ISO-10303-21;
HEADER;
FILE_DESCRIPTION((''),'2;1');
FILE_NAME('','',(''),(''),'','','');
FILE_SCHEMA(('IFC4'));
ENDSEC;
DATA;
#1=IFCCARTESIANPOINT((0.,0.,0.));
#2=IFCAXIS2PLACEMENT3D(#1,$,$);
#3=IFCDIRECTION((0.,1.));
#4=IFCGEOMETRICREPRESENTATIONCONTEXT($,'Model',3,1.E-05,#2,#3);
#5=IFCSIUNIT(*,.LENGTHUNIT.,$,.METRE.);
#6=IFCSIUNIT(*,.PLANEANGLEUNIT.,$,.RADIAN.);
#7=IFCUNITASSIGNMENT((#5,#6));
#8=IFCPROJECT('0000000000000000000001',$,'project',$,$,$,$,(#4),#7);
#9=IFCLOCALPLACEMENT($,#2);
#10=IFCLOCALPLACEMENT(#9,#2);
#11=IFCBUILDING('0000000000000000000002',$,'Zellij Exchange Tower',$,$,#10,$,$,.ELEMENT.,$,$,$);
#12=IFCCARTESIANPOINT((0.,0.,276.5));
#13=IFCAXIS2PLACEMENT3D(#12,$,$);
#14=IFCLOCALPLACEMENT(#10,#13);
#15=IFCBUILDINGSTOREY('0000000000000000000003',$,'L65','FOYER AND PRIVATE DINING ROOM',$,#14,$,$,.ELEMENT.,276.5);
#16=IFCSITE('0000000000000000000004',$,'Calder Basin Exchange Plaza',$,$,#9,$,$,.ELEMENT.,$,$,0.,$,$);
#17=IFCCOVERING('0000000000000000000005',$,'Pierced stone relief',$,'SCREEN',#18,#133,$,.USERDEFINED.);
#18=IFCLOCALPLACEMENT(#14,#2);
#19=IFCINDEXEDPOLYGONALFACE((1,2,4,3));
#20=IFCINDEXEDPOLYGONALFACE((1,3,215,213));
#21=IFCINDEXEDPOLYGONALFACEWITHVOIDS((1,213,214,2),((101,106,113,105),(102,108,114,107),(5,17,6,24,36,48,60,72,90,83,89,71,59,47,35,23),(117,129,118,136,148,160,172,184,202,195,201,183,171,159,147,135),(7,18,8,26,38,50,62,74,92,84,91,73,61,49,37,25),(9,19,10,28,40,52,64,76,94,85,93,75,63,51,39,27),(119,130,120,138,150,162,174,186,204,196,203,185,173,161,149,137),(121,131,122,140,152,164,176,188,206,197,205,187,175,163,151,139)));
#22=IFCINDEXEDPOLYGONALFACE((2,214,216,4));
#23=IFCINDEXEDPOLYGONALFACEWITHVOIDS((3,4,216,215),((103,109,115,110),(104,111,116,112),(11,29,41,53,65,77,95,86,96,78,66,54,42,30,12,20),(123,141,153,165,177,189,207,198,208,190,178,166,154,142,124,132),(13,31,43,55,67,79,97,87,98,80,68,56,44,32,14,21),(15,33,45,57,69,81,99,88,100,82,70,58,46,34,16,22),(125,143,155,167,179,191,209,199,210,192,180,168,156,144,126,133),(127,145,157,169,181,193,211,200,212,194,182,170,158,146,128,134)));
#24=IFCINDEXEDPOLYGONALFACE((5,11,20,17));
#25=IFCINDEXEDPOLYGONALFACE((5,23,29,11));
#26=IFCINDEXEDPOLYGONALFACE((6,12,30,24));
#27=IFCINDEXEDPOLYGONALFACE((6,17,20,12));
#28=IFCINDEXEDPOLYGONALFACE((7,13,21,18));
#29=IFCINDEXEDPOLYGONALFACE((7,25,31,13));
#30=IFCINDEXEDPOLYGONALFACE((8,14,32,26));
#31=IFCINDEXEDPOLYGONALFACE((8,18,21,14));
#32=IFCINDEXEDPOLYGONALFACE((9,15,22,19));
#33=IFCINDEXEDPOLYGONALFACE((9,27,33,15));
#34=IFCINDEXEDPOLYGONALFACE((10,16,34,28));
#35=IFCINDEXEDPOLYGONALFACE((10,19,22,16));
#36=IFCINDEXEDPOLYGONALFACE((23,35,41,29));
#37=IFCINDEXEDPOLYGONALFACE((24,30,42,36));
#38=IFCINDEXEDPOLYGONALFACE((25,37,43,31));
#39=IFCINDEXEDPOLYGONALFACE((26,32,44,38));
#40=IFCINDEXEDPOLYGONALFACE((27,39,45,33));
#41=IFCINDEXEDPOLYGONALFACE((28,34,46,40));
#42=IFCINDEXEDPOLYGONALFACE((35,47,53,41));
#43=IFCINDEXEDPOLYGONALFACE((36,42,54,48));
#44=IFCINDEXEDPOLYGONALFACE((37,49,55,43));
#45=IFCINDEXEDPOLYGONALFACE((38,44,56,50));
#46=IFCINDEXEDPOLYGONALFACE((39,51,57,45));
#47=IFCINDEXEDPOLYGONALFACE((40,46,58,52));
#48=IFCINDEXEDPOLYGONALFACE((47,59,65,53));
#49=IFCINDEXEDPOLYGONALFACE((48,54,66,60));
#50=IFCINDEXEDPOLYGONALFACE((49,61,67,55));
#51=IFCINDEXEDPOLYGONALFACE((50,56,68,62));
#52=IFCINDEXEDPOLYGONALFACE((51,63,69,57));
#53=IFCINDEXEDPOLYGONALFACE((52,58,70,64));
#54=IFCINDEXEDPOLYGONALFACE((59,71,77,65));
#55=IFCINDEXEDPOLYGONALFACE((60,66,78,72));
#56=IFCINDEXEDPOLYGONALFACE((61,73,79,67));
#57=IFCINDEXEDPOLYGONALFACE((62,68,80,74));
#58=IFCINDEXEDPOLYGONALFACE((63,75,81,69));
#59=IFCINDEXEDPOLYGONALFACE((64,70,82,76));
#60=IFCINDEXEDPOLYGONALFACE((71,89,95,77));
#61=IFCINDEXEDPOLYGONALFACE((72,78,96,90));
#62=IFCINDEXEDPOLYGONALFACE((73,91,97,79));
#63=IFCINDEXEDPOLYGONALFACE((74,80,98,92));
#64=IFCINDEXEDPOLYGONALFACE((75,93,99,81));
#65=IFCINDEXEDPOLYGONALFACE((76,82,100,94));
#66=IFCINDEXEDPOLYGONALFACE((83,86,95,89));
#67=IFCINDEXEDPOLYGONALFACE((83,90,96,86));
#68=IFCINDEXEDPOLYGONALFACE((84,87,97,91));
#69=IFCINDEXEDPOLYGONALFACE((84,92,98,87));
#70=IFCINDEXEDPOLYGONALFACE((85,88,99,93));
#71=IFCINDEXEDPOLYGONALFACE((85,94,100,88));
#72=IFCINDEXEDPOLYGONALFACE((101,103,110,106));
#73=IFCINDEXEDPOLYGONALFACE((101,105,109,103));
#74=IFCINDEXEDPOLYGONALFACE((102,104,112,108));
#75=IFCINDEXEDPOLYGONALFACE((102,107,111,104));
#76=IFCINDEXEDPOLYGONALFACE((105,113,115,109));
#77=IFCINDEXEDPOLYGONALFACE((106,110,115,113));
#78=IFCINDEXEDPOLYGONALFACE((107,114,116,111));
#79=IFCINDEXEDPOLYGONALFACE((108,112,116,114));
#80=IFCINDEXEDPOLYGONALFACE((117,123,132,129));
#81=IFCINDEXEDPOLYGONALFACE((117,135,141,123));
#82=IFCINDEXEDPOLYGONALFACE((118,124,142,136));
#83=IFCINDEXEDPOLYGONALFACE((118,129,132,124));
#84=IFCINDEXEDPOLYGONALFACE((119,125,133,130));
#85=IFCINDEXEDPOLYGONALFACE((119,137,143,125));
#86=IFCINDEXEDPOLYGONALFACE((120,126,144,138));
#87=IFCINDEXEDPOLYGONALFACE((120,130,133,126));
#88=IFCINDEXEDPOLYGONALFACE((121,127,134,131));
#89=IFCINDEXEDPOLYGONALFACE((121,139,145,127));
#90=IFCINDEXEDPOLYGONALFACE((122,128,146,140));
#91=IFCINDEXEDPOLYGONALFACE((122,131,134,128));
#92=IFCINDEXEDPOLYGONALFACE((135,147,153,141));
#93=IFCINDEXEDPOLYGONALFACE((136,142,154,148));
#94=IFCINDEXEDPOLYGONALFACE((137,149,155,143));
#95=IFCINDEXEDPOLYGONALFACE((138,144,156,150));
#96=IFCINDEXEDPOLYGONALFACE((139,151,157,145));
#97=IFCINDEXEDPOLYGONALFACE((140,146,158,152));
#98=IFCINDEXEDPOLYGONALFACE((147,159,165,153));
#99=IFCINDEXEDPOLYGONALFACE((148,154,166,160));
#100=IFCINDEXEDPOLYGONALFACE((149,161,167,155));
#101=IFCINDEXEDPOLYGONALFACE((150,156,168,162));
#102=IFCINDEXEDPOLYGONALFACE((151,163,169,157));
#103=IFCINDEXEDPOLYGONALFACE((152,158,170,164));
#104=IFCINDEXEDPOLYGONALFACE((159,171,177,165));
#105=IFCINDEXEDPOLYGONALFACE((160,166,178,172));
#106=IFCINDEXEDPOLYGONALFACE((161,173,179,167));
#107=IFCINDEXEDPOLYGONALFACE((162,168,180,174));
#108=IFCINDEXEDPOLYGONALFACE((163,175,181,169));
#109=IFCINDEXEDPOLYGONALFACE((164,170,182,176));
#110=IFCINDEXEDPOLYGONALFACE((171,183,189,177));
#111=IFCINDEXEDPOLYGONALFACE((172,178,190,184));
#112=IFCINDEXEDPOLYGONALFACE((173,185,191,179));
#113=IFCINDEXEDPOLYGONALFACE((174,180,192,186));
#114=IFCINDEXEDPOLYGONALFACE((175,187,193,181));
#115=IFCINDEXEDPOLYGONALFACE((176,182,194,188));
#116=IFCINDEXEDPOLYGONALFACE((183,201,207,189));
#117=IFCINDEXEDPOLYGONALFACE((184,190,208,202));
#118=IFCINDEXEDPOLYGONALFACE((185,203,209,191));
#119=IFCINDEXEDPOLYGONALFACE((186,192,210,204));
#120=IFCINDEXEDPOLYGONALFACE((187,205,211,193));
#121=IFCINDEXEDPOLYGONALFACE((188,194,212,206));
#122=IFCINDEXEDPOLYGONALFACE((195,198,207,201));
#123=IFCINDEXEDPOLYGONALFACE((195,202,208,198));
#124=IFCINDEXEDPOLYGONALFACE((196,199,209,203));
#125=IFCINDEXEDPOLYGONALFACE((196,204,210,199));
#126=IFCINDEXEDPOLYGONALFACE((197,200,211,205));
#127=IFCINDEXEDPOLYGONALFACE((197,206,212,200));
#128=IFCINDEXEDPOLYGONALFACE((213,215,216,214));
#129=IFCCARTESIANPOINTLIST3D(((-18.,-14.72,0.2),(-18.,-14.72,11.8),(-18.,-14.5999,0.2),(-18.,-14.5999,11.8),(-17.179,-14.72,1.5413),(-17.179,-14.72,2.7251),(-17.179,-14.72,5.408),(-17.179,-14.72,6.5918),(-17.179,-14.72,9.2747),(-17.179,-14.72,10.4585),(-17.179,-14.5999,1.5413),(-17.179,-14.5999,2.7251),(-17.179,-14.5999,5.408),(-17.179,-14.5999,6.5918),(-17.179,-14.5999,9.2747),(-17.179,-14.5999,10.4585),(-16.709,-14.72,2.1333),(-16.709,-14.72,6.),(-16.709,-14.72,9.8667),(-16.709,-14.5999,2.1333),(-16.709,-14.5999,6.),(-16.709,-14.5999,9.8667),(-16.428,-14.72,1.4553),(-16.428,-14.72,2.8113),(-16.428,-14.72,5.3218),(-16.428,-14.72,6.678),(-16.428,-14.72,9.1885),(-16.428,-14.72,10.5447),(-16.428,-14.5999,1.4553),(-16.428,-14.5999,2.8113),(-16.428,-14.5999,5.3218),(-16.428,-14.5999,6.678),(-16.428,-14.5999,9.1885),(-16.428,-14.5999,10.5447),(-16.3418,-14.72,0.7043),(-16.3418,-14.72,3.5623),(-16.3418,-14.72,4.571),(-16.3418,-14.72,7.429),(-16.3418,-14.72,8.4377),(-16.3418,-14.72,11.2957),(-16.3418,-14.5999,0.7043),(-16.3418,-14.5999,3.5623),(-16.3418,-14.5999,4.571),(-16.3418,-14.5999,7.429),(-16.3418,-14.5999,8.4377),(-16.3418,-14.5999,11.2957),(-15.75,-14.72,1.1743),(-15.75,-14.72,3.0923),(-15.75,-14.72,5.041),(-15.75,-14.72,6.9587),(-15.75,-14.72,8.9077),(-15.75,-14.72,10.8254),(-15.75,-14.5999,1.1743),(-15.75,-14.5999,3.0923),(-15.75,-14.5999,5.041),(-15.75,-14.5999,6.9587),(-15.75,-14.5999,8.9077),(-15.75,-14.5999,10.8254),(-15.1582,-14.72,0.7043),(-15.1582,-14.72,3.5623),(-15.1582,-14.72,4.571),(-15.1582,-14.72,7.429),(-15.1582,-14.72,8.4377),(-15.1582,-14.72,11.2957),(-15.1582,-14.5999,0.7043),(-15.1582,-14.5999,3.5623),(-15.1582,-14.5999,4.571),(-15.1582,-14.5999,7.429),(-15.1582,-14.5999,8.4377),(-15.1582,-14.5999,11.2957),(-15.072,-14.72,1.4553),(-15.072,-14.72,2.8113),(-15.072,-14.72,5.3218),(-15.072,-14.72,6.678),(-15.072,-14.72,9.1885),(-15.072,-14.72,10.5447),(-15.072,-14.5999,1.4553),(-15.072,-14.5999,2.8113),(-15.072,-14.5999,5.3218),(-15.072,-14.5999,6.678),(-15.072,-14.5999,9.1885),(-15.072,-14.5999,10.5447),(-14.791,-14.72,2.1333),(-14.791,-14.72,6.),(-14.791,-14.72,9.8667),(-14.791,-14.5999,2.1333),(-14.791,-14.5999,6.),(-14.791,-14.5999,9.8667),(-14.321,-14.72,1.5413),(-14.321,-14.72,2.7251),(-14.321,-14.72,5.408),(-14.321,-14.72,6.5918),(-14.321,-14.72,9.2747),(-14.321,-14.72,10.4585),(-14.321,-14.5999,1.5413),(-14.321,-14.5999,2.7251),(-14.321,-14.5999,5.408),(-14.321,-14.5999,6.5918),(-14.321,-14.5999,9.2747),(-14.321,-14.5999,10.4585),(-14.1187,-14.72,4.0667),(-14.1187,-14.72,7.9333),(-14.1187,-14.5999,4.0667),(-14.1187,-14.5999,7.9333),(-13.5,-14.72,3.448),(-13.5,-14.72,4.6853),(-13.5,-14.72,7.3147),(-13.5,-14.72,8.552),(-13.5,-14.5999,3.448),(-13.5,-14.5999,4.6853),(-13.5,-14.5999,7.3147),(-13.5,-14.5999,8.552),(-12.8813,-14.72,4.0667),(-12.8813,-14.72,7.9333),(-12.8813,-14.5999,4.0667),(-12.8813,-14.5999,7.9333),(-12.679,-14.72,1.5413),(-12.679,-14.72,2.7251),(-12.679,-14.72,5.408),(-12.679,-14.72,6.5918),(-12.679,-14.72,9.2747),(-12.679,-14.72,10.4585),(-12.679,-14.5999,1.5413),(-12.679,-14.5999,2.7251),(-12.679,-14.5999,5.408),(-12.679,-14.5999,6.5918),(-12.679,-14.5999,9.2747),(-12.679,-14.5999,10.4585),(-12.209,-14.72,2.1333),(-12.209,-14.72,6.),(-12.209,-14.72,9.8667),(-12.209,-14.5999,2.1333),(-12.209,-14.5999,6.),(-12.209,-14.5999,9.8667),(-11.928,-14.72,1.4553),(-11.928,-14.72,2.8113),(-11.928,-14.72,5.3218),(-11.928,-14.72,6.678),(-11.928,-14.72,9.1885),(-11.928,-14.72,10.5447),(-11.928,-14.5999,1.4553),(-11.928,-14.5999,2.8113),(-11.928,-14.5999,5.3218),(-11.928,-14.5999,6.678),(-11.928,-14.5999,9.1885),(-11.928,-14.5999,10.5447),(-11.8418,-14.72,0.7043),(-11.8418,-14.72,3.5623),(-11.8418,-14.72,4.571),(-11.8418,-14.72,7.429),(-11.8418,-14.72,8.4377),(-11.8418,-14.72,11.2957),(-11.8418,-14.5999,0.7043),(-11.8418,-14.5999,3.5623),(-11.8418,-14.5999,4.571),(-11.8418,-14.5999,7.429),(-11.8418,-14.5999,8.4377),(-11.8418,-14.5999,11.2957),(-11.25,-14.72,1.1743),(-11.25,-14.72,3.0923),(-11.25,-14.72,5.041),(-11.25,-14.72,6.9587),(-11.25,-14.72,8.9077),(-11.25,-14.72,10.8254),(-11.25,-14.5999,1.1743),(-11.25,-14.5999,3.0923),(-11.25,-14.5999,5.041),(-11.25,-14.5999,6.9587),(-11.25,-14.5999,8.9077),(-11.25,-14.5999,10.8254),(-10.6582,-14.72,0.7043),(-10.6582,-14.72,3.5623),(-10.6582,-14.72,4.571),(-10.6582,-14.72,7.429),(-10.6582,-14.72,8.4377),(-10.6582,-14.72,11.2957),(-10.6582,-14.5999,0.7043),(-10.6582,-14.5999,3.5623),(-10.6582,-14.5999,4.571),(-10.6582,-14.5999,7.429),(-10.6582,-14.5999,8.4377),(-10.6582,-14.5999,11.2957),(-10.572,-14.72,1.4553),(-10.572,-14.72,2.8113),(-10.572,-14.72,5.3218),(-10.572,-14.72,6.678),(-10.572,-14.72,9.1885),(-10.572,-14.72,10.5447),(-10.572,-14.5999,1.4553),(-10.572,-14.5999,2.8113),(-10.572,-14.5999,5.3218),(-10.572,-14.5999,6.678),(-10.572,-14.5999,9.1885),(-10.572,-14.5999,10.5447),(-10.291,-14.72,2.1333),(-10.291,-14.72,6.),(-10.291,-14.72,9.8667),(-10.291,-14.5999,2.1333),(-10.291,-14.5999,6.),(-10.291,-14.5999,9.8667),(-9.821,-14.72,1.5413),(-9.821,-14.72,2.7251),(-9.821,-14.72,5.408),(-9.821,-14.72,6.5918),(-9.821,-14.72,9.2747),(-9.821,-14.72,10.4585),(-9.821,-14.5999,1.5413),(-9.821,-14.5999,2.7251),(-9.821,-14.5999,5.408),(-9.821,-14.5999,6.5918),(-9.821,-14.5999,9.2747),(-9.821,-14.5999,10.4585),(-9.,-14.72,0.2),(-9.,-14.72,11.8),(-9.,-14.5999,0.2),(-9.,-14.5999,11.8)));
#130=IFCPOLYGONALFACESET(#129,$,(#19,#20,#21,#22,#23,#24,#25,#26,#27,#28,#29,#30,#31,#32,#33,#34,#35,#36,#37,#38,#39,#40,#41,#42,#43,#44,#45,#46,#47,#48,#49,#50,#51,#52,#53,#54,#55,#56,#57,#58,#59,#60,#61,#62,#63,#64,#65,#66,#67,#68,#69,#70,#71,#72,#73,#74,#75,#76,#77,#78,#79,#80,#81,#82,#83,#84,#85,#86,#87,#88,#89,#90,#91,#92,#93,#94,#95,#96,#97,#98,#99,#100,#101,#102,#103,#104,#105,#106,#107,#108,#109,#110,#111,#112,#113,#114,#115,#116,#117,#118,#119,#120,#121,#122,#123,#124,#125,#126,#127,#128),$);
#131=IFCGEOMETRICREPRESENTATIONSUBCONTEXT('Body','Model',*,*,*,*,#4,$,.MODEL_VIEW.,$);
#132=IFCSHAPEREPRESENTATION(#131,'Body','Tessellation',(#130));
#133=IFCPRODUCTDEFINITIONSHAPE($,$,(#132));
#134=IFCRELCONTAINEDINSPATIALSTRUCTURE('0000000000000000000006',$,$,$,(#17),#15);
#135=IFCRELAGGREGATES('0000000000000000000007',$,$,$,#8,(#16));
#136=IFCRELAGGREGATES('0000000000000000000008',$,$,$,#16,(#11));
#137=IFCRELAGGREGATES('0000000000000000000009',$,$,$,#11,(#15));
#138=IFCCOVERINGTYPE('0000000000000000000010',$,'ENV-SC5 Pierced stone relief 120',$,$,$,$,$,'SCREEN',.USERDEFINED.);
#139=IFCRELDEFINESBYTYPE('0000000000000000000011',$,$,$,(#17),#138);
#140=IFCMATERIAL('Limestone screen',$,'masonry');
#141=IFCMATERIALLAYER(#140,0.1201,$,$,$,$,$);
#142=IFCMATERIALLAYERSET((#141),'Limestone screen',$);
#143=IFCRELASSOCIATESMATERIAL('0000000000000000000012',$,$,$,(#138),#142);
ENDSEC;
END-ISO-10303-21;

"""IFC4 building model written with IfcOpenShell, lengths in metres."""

from ifc_helpers import new_model, si_unit, direction, frame, origin, place, context, subcontext, project, spatial, polyline, outline, extrude, material, layer, layer_set, type_object, element, save


model = new_model("IFC4")

# Units and contexts
model_context = context("Model", 3, precision=1e-05, world=origin(), true_north=direction((0.0, 1.0)))
body_context = subcontext(model_context, "Body", "Model", "MODEL_VIEW")
ifc_project = project(units=[si_unit("LENGTHUNIT", "METRE"), si_unit("PLANEANGLEUNIT", "RADIAN")], contexts=[model_context])

# Site, building, storey
site_placement = place(None, origin())
site = spatial("IfcSite", under=ifc_project, at=site_placement, Name="Calder Basin Exchange Plaza", CompositionType="ELEMENT", RefElevation=0.0)
building_placement = place(site_placement, origin())
building = spatial("IfcBuilding", under=site, at=building_placement, Name="Zellij Exchange Tower", CompositionType="ELEMENT")
storey_placement = place(building_placement, frame((0.0, 0.0, 276.5)))
storey = spatial("IfcBuildingStorey", under=building, at=storey_placement, Name="L65", Description="FOYER AND PRIVATE DINING ROOM", CompositionType="ELEMENT", Elevation=276.5)

# Covering
ifc_material_1 = material(Name="Limestone screen", Category="masonry")
ifc_layer_1 = layer(ifc_material_1, 0.1201)
ifc_layer_set_1 = layer_set([ifc_layer_1], Name="Limestone screen")
covering_type = type_object("IfcCoveringType", Name="ENV-SC5 Pierced stone relief 120", ElementType="SCREEN", PredefinedType="USERDEFINED", material=ifc_layer_set_1)
covering_1_placement = place(storey_placement, frame((-18.0, -14.6599, 0.2), z_axis=(0.0, 0.0, 1.0), x_axis=(1.0, 0.0, 0.0)))
element("IfcCovering", 1, at=covering_1_placement, inside=storey, type_object=covering_type, Name="Pierced stone relief", ObjectType="SCREEN", PredefinedType="USERDEFINED", context=body_context, shape_type="SweptSolid", body=[
    extrude(outline(polyline([(0.0, 0.0), (9.0, 0.0), (9.0, 11.6001), (0.0, 11.6001), (0.0, 0.0)]), holes=[polyline([(3.679, 2.5251), (2.928, 2.6113), (2.8418, 3.3623), (2.25, 2.8923), (1.6582, 3.3623), (1.572, 2.6113), (0.821, 2.5251), (1.291, 1.9333), (0.821, 1.3413), (1.572, 1.2554), (1.6582, 0.5044), (2.25, 0.9744), (2.8418, 0.5044), (2.928, 1.2554), (3.679, 1.3413), (3.209, 1.9333), (3.679, 2.5251)]), polyline([(3.679, 6.3918), (2.928, 6.478), (2.8418, 7.229), (2.25, 6.7588), (1.6582, 7.229), (1.572, 6.478), (0.821, 6.3918), (1.291, 5.8), (0.821, 5.208), (1.572, 5.1218), (1.6582, 4.3711), (2.25, 4.8411), (2.8418, 4.3711), (2.928, 5.1218), (3.679, 5.208), (3.209, 5.8), (3.679, 6.3918)]), polyline([(3.679, 10.2585), (2.928, 10.3447), (2.8418, 11.0957), (2.25, 10.6255), (1.6582, 11.0957), (1.572, 10.3447), (0.821, 10.2585), (1.291, 9.6667), (0.821, 9.0747), (1.572, 8.9885), (1.6582, 8.2378), (2.25, 8.7078), (2.8418, 8.2378), (2.928, 8.9885), (3.679, 9.0747), (3.209, 9.6667), (3.679, 10.2585)]), polyline([(8.179, 2.5251), (7.428, 2.6113), (7.3418, 3.3623), (6.75, 2.8923), (6.1582, 3.3623), (6.072, 2.6113), (5.321, 2.5251), (5.791, 1.9333), (5.321, 1.3413), (6.072, 1.2554), (6.1582, 0.5044), (6.75, 0.9744), (7.3418, 0.5044), (7.428, 1.2554), (8.179, 1.3413), (7.709, 1.9333), (8.179, 2.5251)]), polyline([(8.179, 6.3918), (7.428, 6.478), (7.3418, 7.229), (6.75, 6.7588), (6.1582, 7.229), (6.072, 6.478), (5.321, 6.3918), (5.791, 5.8), (5.321, 5.208), (6.072, 5.1218), (6.1582, 4.3711), (6.75, 4.8411), (7.3418, 4.3711), (7.428, 5.1218), (8.179, 5.208), (7.709, 5.8), (8.179, 6.3918)]), polyline([(8.179, 10.2585), (7.428, 10.3447), (7.3418, 11.0957), (6.75, 10.6255), (6.1582, 11.0957), (6.072, 10.3447), (5.321, 10.2585), (5.791, 9.6667), (5.321, 9.0747), (6.072, 8.9885), (6.1582, 8.2378), (6.75, 8.7078), (7.3418, 8.2378), (7.428, 8.9885), (8.179, 9.0747), (7.709, 9.6667), (8.179, 10.2585)]), polyline([(5.1187, 3.8667), (4.5, 4.4854), (3.8813, 3.8667), (4.5, 3.248), (5.1187, 3.8667)]), polyline([(5.1187, 7.7334), (4.5, 8.3521), (3.8813, 7.7334), (4.5, 7.1147), (5.1187, 7.7334)])]), frame((0.0, 0.0601, 0.0), z_axis=(0.0, -1.0, 0.0), x_axis=(1.0, 0.0, 0.0)), (0.0, 0.0, 1.0), 0.1201),
])

save(model, "model.ifc")
